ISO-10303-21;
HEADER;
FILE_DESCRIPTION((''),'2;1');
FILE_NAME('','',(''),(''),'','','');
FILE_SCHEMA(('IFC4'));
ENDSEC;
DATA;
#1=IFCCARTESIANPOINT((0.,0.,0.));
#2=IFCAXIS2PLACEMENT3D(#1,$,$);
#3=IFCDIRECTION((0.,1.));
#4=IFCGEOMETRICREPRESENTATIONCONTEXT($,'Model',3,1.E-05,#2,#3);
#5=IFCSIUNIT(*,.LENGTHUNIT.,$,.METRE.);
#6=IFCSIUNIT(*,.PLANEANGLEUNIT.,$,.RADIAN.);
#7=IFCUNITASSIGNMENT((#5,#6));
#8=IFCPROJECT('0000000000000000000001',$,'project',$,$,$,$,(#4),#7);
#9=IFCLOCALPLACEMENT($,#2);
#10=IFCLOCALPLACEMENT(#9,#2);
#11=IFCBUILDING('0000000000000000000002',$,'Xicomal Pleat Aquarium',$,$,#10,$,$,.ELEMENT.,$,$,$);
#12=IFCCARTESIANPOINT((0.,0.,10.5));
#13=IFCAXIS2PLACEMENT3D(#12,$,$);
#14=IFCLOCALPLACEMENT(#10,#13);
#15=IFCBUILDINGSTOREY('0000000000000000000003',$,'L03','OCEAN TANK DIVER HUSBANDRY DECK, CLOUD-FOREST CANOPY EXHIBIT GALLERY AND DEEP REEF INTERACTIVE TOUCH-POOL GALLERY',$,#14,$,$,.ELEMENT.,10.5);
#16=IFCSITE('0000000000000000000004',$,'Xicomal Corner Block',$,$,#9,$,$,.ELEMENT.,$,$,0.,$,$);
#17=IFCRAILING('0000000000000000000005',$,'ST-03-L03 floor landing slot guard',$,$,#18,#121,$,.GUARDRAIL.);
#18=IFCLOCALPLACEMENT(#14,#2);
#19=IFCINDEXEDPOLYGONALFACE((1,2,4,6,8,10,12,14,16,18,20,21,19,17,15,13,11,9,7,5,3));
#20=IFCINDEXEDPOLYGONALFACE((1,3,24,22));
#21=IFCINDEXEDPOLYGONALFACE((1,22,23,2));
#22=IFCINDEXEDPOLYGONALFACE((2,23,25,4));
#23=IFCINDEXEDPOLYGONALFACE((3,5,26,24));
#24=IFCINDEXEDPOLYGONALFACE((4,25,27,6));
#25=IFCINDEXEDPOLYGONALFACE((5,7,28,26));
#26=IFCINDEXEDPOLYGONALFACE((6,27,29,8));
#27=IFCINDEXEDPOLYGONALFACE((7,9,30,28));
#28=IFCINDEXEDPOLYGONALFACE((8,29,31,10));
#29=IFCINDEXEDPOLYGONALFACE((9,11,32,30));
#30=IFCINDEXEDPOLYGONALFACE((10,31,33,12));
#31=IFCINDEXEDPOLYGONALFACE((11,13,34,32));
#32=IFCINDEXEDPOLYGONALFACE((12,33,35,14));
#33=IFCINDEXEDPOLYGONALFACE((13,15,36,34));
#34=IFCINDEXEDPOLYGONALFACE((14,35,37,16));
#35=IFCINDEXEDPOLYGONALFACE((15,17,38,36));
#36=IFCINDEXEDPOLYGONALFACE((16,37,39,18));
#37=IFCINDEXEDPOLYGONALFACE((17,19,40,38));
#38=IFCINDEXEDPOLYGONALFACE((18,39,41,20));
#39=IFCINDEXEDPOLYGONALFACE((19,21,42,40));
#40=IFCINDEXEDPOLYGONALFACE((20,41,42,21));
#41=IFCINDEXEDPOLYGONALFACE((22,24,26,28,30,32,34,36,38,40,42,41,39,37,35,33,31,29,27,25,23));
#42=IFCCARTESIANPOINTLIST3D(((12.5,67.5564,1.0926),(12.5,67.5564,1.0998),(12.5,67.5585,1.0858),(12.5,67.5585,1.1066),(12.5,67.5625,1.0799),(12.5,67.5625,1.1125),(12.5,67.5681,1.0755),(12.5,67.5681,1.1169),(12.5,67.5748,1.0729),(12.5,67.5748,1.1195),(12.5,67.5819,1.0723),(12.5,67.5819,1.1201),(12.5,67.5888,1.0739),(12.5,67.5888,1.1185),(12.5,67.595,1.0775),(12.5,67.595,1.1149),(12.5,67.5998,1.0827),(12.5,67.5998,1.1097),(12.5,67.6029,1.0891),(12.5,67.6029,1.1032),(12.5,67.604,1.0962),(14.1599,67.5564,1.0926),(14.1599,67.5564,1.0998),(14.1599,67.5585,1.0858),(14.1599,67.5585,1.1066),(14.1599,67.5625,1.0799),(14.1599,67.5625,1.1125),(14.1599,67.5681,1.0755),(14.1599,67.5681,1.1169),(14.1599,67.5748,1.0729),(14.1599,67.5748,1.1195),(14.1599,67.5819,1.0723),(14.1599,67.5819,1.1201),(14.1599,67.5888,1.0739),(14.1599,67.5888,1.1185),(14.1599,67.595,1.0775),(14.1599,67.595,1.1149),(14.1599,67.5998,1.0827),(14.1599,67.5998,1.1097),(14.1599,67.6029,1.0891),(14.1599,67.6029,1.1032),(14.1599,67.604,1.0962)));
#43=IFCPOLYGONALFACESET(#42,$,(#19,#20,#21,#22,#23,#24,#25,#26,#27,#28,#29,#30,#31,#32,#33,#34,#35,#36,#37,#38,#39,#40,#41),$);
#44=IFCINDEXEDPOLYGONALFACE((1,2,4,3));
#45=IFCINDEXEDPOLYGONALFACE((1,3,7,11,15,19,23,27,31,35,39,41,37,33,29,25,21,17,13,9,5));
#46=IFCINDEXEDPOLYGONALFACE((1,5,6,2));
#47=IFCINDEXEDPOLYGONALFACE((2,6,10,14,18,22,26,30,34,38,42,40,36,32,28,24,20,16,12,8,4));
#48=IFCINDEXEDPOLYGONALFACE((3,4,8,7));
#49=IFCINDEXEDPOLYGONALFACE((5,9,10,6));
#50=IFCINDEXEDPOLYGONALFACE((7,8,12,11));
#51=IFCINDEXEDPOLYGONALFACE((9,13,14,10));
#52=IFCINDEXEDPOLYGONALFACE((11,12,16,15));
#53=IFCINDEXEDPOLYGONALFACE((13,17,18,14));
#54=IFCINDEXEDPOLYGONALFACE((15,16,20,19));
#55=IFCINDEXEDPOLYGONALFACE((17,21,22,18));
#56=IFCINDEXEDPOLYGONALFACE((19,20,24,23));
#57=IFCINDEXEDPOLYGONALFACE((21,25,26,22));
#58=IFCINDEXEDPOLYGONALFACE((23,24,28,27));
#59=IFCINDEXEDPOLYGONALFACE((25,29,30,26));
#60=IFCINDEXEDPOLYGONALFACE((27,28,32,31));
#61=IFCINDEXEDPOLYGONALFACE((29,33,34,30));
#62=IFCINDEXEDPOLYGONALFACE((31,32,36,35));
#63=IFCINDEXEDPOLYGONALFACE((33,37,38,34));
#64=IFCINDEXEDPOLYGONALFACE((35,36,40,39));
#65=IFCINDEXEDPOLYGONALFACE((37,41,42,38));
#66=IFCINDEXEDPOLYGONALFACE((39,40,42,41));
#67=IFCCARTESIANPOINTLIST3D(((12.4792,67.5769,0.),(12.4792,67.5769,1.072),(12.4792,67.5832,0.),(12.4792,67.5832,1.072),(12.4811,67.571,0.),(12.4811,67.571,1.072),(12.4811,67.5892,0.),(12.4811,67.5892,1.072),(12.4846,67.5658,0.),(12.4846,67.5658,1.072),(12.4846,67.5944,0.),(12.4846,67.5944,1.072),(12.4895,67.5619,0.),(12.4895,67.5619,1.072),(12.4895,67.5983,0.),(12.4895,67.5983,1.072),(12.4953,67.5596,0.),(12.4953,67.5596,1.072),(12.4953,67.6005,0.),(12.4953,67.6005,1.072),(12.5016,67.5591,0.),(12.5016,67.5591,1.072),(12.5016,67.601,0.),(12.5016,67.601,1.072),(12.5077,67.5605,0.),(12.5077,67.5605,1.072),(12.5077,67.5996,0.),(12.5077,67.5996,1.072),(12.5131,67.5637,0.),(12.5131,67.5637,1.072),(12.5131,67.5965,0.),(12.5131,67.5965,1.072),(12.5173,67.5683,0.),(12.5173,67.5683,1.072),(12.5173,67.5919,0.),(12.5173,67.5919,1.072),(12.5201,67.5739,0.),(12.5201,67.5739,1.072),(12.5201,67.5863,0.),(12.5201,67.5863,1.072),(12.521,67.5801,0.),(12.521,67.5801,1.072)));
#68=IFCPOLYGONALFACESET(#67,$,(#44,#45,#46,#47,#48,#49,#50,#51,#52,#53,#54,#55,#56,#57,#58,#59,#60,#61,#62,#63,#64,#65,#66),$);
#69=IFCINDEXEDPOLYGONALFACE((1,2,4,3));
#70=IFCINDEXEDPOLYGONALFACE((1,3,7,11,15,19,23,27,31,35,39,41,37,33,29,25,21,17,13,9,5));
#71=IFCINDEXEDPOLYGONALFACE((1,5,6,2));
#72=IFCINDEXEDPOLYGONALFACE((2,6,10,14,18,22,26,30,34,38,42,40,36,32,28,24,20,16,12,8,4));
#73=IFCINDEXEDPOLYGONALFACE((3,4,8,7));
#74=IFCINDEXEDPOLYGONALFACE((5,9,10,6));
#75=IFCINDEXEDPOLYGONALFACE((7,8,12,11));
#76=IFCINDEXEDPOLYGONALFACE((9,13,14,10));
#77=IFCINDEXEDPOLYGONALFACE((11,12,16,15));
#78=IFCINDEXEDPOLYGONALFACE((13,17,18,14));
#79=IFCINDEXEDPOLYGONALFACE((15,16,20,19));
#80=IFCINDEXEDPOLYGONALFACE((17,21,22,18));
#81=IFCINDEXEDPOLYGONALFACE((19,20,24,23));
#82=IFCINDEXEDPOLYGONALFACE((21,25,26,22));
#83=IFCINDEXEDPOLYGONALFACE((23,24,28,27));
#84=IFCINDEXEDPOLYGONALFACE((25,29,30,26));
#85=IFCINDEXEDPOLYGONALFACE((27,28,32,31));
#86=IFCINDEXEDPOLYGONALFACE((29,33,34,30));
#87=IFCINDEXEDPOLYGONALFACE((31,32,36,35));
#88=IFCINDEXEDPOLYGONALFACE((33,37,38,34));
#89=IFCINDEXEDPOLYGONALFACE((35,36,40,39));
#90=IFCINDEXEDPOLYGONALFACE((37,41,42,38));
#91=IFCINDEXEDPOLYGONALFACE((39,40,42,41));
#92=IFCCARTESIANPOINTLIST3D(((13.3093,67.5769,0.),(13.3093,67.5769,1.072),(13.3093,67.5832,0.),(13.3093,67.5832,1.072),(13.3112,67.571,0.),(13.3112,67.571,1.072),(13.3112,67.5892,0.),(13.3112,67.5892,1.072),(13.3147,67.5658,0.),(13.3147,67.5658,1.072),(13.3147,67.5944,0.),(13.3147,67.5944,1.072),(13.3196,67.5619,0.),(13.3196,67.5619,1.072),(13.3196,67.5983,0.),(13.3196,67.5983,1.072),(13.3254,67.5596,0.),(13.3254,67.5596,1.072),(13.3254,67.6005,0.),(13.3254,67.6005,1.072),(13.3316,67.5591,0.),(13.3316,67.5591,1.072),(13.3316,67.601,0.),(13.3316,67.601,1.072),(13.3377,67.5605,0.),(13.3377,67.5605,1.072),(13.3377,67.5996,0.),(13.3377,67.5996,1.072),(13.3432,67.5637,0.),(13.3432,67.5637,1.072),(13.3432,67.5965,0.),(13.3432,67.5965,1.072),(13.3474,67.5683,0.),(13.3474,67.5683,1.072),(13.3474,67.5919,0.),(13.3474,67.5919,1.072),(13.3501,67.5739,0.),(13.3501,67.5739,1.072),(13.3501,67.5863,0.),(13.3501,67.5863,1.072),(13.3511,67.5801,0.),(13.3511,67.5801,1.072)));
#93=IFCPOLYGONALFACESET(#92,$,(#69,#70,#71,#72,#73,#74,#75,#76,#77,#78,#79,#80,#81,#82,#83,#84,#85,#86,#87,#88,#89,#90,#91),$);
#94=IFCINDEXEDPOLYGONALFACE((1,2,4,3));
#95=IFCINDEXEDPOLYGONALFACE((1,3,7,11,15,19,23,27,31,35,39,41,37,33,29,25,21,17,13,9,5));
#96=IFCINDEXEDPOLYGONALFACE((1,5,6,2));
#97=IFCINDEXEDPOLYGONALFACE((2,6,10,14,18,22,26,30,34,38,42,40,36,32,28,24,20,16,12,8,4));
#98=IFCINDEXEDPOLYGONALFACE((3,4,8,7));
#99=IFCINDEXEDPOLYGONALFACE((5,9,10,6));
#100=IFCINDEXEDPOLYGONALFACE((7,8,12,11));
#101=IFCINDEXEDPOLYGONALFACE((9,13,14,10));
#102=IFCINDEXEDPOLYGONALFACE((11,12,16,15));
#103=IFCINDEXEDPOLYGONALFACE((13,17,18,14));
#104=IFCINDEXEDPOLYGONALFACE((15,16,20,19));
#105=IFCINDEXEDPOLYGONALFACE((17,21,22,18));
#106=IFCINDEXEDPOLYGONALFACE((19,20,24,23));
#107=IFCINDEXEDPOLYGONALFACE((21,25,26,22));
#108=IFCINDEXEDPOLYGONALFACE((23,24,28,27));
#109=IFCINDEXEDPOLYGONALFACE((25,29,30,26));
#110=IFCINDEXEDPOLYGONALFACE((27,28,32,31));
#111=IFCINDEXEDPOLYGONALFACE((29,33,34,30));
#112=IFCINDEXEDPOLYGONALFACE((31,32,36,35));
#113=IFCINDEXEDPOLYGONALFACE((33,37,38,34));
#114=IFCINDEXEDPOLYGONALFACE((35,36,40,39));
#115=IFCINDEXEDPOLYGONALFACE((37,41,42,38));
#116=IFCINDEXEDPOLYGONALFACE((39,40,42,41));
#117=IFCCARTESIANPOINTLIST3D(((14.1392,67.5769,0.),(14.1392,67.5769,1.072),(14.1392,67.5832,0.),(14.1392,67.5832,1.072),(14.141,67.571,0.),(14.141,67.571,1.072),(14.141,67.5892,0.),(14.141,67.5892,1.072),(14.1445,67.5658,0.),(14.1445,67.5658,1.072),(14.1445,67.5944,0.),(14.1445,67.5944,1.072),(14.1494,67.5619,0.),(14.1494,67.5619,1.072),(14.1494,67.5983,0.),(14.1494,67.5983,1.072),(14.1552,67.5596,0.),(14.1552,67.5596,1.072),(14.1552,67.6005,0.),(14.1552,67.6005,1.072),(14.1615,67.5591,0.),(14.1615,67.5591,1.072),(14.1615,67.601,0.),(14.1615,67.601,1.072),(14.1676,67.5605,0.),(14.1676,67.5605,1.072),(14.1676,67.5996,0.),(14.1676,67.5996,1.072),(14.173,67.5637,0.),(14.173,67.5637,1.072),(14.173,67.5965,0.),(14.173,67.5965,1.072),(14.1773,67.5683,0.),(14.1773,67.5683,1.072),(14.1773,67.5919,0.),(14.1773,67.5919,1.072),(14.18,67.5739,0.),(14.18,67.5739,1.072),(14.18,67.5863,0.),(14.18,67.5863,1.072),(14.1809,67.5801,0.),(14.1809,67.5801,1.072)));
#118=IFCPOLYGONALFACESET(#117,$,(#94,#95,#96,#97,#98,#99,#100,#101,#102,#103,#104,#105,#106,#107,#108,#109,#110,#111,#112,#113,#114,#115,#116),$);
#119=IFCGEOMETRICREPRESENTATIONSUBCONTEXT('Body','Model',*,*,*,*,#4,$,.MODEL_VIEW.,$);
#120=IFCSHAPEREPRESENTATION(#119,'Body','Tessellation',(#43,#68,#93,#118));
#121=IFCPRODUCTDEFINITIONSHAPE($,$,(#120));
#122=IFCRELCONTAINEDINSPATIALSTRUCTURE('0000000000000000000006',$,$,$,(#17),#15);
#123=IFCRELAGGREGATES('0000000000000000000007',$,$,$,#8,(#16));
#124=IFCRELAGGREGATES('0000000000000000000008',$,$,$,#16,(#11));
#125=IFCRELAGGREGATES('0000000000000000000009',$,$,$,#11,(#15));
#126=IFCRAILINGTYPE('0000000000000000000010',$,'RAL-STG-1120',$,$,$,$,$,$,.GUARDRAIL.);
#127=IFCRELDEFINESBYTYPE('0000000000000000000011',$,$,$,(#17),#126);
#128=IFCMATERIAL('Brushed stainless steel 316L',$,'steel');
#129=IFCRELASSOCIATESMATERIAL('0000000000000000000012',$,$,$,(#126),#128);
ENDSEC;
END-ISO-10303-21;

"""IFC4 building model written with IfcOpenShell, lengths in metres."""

from ifc_helpers import new_model, si_unit, direction, frame, origin, origin_2d, place, context, subcontext, project, spatial, circle, extrude, material, type_object, element, save


model = new_model("IFC4")

# Units and contexts
model_context = context("Model", 3, precision=1e-05, world=origin(), true_north=direction((0.0, 1.0)))
body_context = subcontext(model_context, "Body", "Model", "MODEL_VIEW")
ifc_project = project(units=[si_unit("LENGTHUNIT", "METRE"), si_unit("PLANEANGLEUNIT", "RADIAN")], contexts=[model_context])

# Site, building, storey
site_placement = place(None, origin())
site = spatial("IfcSite", under=ifc_project, at=site_placement, Name="Xicomal Corner Block", CompositionType="ELEMENT", RefElevation=0.0)
building_placement = place(site_placement, origin())
building = spatial("IfcBuilding", under=site, at=building_placement, Name="Xicomal Pleat Aquarium", CompositionType="ELEMENT")
storey_placement = place(building_placement, frame((0.0, 0.0, 10.5)))
storey = spatial("IfcBuildingStorey", under=building, at=storey_placement, Name="L03", Description="OCEAN TANK DIVER HUSBANDRY DECK, CLOUD-FOREST CANOPY EXHIBIT GALLERY AND DEEP REEF INTERACTIVE TOUCH-POOL GALLERY", CompositionType="ELEMENT", Elevation=10.5)

# Railing
ifc_material_1 = material(Name="Brushed stainless steel 316L", Category="steel")
railing_type_1 = type_object("IfcRailingType", Name="RAL-STG-1120", PredefinedType="GUARDRAIL", material=ifc_material_1)
railing_1_placement = place(storey_placement, frame((12.5, 67.5801, 0.0)))
element("IfcRailing", 1, at=railing_1_placement, inside=storey, type_object=railing_type_1, Name="ST-03-L03 floor landing slot guard", PredefinedType="GUARDRAIL", context=body_context, shape_type="SweptSolid", body=[
    extrude(circle(Radius=0.0239, at=origin_2d()), frame((0.0, 0.0, 1.0962), z_axis=(1.0, 0.0, 0.0), x_axis=(0.0, 1.0, 0.0)), (0.0, 0.0, 1.0), 1.6599),
    extrude(circle(Radius=0.021, at=origin_2d()), origin(), (0.0, 0.0, 1.0), 1.072),
    extrude(circle(Radius=0.021, at=origin_2d()), frame((0.8301, 0.0, 0.0)), (0.0, 0.0, 1.0), 1.072),
    extrude(circle(Radius=0.021, at=origin_2d()), frame((1.6599, 0.0, 0.0)), (0.0, 0.0, 1.0), 1.072),
])

save(model, "model.ifc")
